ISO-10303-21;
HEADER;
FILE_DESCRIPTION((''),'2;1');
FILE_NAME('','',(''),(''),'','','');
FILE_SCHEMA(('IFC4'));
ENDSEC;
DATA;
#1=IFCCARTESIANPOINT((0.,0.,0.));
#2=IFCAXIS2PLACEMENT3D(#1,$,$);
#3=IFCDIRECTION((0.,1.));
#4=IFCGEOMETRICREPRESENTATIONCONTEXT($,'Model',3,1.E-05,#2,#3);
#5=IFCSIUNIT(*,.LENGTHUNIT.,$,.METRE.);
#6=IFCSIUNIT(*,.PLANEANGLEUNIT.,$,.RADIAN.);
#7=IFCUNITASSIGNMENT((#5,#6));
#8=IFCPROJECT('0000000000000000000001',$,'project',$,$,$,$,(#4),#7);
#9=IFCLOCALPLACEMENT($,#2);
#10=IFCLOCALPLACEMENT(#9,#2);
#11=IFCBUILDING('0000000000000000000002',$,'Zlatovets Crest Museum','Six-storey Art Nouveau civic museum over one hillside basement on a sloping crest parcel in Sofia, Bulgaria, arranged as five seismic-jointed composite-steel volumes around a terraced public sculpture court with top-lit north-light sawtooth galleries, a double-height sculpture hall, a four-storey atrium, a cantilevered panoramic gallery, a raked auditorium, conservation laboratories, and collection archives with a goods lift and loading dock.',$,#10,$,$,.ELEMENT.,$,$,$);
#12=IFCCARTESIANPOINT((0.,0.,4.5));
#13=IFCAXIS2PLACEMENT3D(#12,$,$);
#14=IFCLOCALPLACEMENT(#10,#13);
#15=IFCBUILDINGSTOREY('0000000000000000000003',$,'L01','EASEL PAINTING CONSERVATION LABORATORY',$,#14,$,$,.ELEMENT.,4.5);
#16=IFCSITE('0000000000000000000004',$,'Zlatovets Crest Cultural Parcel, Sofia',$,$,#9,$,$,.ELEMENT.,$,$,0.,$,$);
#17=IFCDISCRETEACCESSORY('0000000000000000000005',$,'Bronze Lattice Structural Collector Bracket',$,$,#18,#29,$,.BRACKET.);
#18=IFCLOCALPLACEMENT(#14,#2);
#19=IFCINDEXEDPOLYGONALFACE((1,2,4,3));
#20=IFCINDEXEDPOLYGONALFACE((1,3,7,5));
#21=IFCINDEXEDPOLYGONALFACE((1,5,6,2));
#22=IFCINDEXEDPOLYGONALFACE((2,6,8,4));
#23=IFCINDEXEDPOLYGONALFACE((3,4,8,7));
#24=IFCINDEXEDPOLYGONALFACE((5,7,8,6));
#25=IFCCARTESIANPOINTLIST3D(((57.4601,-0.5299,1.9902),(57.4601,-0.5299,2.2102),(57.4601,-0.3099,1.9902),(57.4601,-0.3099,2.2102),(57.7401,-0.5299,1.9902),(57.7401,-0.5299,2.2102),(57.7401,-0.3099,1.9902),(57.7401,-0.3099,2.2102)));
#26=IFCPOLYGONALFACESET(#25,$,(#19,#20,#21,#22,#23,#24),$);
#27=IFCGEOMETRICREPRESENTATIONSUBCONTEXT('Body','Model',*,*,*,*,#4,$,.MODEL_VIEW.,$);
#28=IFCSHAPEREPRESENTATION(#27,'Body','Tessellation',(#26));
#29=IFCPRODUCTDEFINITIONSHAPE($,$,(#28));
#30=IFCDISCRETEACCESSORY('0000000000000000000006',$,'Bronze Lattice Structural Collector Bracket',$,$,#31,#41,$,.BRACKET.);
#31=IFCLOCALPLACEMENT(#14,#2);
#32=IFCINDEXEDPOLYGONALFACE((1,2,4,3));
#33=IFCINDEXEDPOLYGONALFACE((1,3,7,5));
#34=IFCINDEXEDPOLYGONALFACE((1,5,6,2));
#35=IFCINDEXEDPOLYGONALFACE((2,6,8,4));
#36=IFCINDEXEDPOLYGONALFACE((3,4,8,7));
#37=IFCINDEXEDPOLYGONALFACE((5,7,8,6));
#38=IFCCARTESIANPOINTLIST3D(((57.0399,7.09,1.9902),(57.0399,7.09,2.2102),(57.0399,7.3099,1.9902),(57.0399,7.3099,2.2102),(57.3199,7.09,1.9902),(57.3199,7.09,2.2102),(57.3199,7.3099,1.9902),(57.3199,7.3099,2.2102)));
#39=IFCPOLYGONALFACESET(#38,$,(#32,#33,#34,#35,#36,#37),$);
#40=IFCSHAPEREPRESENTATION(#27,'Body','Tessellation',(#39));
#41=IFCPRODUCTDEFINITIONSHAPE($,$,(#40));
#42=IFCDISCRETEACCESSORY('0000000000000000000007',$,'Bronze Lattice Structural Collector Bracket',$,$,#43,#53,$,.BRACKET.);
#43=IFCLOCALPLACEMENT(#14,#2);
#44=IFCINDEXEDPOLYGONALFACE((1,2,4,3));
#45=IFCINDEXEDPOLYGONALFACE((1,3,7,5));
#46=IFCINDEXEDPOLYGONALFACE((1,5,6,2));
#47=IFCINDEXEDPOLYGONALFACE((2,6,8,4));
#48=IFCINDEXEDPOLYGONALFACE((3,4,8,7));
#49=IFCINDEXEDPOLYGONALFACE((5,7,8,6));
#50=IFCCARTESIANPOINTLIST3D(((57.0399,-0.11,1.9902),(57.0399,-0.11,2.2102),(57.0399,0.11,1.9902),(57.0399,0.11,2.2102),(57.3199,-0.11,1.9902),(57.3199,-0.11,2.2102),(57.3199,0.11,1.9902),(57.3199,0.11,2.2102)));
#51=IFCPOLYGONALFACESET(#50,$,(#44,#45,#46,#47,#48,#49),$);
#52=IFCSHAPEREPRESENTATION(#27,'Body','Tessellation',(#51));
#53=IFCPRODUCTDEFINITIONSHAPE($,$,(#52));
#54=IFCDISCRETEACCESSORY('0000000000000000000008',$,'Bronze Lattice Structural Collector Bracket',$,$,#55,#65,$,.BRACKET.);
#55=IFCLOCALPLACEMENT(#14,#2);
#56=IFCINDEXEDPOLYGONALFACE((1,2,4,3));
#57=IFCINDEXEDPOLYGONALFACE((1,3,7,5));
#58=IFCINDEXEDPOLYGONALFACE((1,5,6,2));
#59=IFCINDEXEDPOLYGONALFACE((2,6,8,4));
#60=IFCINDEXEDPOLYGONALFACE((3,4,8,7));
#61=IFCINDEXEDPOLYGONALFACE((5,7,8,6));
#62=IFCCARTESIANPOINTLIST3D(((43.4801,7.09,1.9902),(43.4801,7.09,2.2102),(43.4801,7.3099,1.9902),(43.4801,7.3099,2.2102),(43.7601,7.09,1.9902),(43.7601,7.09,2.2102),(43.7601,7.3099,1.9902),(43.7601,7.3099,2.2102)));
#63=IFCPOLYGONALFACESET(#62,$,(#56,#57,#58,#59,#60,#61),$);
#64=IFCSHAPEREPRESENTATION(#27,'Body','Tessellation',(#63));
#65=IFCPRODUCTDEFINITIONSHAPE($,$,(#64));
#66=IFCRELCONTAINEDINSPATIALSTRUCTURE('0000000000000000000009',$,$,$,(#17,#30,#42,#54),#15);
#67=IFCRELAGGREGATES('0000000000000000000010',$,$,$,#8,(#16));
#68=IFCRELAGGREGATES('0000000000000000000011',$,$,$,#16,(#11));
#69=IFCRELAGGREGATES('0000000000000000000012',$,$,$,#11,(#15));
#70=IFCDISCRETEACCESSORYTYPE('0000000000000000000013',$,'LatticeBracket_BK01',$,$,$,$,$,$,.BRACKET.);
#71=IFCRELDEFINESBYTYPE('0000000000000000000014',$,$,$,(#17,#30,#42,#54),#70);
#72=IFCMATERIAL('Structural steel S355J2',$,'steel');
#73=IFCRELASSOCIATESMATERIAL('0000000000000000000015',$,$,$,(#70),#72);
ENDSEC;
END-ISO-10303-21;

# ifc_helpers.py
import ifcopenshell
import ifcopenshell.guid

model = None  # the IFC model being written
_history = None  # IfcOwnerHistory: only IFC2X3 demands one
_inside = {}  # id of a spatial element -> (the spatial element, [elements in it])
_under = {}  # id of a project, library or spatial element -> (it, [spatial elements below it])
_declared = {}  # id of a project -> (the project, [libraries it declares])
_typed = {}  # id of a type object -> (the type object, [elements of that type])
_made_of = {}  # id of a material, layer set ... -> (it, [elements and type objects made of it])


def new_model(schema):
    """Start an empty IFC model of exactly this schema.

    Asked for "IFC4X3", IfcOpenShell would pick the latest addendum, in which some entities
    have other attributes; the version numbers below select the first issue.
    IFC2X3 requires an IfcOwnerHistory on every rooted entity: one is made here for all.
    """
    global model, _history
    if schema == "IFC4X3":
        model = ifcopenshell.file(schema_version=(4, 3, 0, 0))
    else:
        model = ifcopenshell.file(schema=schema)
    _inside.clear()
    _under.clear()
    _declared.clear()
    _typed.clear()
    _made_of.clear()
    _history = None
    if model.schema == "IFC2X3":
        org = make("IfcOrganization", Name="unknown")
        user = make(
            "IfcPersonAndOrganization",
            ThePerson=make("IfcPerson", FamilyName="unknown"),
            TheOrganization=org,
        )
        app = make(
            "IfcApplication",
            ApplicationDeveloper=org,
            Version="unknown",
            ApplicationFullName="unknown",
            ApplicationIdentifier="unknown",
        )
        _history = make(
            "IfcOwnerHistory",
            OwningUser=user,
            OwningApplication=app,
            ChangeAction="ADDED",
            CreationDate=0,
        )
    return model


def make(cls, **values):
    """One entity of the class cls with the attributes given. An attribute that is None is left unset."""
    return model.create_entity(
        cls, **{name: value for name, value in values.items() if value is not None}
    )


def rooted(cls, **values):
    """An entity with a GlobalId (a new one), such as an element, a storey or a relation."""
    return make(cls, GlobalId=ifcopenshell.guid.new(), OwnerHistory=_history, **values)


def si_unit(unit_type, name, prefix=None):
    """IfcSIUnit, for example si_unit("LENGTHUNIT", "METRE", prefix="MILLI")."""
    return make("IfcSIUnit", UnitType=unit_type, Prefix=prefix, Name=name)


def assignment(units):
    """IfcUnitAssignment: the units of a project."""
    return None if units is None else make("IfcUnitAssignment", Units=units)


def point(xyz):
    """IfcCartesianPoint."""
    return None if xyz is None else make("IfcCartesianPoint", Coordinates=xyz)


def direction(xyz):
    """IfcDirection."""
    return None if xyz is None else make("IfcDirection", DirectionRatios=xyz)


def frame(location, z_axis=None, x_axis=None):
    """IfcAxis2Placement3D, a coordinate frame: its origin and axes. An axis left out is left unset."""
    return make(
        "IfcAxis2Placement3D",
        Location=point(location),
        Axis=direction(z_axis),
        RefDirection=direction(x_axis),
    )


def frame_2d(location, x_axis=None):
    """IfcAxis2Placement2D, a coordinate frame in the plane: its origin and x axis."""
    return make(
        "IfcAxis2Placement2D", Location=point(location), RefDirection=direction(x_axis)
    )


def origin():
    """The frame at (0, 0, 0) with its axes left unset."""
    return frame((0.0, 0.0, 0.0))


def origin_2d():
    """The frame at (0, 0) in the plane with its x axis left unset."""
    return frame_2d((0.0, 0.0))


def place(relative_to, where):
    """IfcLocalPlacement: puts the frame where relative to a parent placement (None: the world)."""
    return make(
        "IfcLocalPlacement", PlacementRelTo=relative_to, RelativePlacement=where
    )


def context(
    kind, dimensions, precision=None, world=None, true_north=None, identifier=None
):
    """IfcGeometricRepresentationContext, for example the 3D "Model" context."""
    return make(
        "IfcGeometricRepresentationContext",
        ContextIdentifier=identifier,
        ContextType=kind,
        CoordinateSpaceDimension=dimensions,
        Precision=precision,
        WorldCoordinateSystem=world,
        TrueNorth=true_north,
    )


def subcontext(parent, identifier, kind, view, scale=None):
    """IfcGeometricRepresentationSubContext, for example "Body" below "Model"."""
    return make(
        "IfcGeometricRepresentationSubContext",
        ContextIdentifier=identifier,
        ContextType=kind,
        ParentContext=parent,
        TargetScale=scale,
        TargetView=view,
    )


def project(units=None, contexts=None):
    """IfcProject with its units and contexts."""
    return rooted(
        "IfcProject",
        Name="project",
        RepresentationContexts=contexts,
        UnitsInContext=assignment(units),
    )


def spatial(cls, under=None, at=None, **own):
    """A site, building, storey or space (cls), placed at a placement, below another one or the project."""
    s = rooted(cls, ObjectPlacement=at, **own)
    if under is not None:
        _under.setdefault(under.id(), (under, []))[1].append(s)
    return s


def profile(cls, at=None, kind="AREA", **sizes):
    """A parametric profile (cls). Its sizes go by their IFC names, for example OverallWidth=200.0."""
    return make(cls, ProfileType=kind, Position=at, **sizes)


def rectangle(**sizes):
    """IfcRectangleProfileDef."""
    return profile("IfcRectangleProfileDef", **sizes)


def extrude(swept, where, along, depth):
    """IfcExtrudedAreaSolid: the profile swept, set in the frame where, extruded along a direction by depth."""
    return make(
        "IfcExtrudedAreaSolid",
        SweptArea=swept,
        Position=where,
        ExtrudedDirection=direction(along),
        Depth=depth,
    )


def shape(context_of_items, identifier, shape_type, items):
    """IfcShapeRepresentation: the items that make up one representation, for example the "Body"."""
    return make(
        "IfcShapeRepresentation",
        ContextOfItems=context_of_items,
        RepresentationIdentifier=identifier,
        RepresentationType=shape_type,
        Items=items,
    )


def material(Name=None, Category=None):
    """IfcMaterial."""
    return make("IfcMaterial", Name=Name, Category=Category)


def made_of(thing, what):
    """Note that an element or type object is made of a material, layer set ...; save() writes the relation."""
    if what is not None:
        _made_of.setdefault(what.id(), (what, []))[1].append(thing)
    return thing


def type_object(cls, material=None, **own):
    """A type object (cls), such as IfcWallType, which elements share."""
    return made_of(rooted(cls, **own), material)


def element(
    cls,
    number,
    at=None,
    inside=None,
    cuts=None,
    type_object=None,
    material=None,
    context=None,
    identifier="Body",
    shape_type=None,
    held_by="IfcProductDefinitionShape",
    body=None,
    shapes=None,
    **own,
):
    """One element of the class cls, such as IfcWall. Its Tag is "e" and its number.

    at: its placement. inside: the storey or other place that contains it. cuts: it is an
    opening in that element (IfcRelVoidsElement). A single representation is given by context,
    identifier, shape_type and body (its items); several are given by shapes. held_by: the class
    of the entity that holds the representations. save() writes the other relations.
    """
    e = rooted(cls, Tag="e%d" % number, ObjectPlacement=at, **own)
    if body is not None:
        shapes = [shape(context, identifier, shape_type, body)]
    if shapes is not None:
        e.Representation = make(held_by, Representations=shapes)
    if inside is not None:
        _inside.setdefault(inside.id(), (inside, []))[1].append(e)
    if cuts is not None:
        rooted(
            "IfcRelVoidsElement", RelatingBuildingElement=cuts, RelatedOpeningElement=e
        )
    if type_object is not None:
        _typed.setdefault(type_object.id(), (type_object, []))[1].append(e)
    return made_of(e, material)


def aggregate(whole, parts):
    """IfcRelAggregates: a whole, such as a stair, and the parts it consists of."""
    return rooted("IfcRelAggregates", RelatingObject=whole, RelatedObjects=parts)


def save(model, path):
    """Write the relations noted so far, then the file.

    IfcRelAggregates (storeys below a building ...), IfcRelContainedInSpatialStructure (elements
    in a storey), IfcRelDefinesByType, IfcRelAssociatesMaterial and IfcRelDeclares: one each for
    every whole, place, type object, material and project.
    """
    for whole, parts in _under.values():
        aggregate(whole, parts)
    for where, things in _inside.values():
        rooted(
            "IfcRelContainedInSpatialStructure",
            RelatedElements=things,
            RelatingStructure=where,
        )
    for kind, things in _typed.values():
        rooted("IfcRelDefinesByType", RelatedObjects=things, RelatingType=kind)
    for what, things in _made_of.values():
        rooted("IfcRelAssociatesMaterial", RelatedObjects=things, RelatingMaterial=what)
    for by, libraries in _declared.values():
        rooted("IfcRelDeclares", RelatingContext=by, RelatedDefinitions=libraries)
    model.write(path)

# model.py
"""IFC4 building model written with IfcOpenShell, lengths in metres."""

from ifc_helpers import new_model, si_unit, direction, frame, origin, origin_2d, place, context, subcontext, project, spatial, rectangle, extrude, material, type_object, element, save


model = new_model("IFC4")

# Units and contexts
model_context = context("Model", 3, precision=1e-05, world=origin(), true_north=direction((0.0, 1.0)))
body_context = subcontext(model_context, "Body", "Model", "MODEL_VIEW")
ifc_project = project(units=[si_unit("LENGTHUNIT", "METRE"), si_unit("PLANEANGLEUNIT", "RADIAN")], contexts=[model_context])

# Site, building, storey
site_placement = place(None, origin())
site = spatial("IfcSite", under=ifc_project, at=site_placement, Name="Zlatovets Crest Cultural Parcel, Sofia", CompositionType="ELEMENT", RefElevation=0.0)
building_placement = place(site_placement, origin())
building = spatial("IfcBuilding", under=site, at=building_placement, Name="Zlatovets Crest Museum", Description="Six-storey Art Nouveau civic museum over one hillside basement on a sloping crest parcel in Sofia, Bulgaria, arranged as five seismic-jointed composite-steel volumes around a terraced public sculpture court with top-lit north-light sawtooth galleries, a double-height sculpture hall, a four-storey atrium, a cantilevered panoramic gallery, a raked auditorium, conservation laboratories, and collection archives with a goods lift and loading dock.", CompositionType="ELEMENT")
storey_placement = place(building_placement, frame((0.0, 0.0, 4.5)))
storey = spatial("IfcBuildingStorey", under=building, at=storey_placement, Name="L01", Description="EASEL PAINTING CONSERVATION LABORATORY", CompositionType="ELEMENT", Elevation=4.5)

# Shared definitions
ifc_material_1 = material(Name="Structural steel S355J2", Category="steel")

# Discrete accessories
discrete_accessory_type = type_object("IfcDiscreteAccessoryType", Name="LatticeBracket_BK01", PredefinedType="BRACKET", material=ifc_material_1)
for number, where, z_axis, x_axis, name in (
    (1, (57.6001, -0.4199, 1.9902), (0.0, 0.0, 1.0), (1.0, 0.0, 0.0), "Bronze Lattice Structural Collector Bracket"),
    (2, (57.1799, 7.2, 1.9902), (0.0, 0.0, 1.0), (1.0, 0.0, 0.0), "Bronze Lattice Structural Collector Bracket"),
    (3, (57.1799, 0.0, 1.9902), (0.0, 0.0, 1.0), (1.0, 0.0, 0.0), "Bronze Lattice Structural Collector Bracket"),
    (4, (43.6201, 7.2, 1.9902), (0.0, 0.0, 1.0), (1.0, 0.0, 0.0), "Bronze Lattice Structural Collector Bracket"),
):
    element("IfcDiscreteAccessory", number, at=place(storey_placement, frame(where, z_axis=z_axis, x_axis=x_axis)), inside=storey, type_object=discrete_accessory_type, Name=name, PredefinedType="BRACKET", context=body_context, shape_type="SweptSolid", body=[
        extrude(rectangle(XDim=0.28, YDim=0.22, at=origin_2d()), origin(), (0.0, 0.0, 1.0), 0.22),
    ])

save(model, "model.ifc")
